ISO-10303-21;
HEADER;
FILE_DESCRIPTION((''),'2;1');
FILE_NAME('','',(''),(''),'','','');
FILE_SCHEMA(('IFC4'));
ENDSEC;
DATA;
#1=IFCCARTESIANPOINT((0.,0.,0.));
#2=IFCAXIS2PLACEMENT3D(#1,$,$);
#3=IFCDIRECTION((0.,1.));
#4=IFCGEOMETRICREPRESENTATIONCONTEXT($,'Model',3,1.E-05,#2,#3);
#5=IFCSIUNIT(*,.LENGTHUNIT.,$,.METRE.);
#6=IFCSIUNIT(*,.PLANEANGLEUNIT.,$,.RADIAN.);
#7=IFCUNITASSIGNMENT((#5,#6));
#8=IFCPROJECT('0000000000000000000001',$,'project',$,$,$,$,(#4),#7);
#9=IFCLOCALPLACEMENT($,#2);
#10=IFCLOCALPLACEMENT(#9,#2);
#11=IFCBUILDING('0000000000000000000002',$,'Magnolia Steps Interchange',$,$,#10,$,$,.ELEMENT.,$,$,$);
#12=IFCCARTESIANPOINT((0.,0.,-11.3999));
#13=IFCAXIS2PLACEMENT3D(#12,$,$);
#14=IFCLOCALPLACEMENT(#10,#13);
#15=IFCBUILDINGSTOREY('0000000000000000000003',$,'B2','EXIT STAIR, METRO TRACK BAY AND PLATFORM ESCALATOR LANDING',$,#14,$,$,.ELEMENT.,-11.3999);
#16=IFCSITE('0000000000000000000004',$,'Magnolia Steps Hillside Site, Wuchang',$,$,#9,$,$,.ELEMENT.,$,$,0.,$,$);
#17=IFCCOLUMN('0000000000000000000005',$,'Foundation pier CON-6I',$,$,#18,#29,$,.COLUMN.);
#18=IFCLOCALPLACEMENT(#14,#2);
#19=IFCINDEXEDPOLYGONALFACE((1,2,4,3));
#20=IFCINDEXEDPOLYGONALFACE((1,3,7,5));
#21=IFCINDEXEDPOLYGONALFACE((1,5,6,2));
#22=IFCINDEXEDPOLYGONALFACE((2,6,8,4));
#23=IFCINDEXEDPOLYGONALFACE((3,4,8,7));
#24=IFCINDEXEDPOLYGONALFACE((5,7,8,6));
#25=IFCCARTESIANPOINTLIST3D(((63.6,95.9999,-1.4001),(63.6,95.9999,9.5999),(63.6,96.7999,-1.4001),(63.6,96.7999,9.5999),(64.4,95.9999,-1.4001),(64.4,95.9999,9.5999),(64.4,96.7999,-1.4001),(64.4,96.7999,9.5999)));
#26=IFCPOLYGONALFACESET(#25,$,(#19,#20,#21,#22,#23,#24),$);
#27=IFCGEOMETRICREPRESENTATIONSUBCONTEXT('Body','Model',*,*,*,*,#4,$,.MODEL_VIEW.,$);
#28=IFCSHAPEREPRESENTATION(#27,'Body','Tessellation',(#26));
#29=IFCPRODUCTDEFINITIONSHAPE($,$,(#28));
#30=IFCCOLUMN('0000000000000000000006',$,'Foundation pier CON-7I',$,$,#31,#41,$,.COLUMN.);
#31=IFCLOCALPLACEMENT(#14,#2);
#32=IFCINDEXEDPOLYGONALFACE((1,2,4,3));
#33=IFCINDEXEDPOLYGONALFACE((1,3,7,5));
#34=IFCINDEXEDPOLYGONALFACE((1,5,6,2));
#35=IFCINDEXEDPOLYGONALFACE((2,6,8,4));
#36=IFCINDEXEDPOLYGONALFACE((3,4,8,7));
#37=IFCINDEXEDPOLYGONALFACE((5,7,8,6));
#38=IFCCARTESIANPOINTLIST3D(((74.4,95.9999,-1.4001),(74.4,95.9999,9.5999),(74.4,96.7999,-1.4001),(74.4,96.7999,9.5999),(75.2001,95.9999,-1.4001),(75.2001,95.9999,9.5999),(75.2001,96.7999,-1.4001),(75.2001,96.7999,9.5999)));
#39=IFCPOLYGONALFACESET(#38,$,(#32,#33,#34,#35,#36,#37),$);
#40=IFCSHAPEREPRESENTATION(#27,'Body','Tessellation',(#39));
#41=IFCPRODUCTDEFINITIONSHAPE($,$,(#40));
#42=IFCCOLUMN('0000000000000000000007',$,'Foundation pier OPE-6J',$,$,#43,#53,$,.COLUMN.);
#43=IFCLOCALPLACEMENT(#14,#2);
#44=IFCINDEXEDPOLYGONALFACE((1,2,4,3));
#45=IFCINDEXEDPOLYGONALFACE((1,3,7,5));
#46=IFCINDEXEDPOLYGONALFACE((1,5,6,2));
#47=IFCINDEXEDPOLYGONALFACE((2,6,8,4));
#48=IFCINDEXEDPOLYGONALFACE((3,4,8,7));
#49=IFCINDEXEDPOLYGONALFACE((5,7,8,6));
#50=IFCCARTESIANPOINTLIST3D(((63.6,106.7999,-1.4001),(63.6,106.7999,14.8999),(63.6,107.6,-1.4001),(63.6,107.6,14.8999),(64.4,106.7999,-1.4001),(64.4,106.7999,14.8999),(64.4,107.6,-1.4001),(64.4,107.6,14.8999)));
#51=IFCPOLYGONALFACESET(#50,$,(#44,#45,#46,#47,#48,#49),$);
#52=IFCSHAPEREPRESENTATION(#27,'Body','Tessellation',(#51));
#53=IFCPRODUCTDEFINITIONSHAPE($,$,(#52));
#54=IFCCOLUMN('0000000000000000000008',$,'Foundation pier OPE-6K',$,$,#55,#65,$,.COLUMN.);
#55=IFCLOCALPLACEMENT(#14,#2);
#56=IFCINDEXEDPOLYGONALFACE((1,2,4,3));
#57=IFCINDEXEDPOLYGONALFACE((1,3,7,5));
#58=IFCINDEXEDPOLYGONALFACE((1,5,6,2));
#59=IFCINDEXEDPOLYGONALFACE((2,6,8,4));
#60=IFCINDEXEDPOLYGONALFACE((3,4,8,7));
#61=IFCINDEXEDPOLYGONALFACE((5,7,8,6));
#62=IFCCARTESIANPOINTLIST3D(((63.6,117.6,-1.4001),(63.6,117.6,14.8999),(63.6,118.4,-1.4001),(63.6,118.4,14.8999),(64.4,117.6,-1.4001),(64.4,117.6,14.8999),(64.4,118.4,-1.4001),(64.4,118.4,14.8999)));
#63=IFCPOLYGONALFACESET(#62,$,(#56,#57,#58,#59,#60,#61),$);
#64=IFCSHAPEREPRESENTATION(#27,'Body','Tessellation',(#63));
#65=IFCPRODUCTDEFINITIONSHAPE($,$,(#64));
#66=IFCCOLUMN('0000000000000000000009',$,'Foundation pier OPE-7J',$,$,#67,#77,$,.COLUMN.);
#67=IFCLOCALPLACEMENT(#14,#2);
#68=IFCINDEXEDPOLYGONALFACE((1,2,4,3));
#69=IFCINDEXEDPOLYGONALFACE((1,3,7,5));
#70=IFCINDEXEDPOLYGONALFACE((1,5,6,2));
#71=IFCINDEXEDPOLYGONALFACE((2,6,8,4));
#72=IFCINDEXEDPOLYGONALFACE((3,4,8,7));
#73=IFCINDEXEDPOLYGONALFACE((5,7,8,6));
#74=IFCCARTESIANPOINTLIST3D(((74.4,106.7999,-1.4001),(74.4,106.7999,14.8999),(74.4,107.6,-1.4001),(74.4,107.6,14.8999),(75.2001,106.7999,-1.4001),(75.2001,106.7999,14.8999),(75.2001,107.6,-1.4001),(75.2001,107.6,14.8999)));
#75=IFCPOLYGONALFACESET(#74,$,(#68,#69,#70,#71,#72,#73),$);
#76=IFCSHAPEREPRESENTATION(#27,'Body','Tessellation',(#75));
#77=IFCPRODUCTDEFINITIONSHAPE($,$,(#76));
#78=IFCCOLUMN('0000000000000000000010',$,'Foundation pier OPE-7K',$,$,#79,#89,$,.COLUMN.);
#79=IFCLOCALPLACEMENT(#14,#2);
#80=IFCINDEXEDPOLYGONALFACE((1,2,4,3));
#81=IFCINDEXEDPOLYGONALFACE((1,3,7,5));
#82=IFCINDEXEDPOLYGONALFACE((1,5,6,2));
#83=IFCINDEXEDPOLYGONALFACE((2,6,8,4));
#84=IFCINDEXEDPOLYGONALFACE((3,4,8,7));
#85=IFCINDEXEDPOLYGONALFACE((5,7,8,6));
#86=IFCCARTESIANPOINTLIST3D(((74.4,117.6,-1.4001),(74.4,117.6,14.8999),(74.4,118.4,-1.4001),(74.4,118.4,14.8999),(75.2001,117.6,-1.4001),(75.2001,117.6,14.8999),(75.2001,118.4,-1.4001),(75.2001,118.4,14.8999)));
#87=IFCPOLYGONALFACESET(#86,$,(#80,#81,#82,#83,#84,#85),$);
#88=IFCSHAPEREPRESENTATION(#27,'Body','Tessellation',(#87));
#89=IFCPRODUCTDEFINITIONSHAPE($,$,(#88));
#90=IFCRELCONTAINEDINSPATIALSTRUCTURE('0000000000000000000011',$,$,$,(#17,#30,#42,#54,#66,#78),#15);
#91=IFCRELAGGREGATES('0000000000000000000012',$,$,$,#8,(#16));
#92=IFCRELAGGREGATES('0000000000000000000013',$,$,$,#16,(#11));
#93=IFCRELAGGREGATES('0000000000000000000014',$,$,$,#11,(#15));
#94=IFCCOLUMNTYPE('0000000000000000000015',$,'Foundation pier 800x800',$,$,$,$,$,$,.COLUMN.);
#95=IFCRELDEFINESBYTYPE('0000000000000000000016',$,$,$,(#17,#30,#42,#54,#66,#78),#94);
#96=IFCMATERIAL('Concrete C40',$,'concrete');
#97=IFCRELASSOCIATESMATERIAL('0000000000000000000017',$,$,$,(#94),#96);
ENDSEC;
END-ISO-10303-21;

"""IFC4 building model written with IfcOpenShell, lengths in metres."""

from ifc_helpers import new_model, si_unit, direction, frame, origin, origin_2d, place, context, subcontext, project, spatial, rectangle, extrude, material, material_profile, profile_set, type_object, element, save


model = new_model("IFC4")

# Units and contexts
model_context = context("Model", 3, precision=1e-05, world=origin(), true_north=direction((0.0, 1.0)))
body_context = subcontext(model_context, "Body", "Model", "MODEL_VIEW")
ifc_project = project(units=[si_unit("LENGTHUNIT", "METRE"), si_unit("PLANEANGLEUNIT", "RADIAN")], contexts=[model_context])

# Site, building, storey
site_placement = place(None, origin())
site = spatial("IfcSite", under=ifc_project, at=site_placement, Name="Magnolia Steps Hillside Site, Wuchang", CompositionType="ELEMENT", RefElevation=0.0)
building_placement = place(site_placement, origin())
building = spatial("IfcBuilding", under=site, at=building_placement, Name="Magnolia Steps Interchange", CompositionType="ELEMENT")
storey_placement = place(building_placement, frame((0.0, 0.0, -11.3999)))
storey = spatial("IfcBuildingStorey", under=building, at=storey_placement, Name="B2", Description="EXIT STAIR, METRO TRACK BAY AND PLATFORM ESCALATOR LANDING", CompositionType="ELEMENT", Elevation=-11.3999)

# Columns
ifc_material_1 = material(Name="Concrete C40", Category="concrete")
ifc_material_profile_1 = material_profile(ifc_material_1, rectangle(XDim=0.8, YDim=0.8, at=origin_2d()), Name="RC800x800")
ifc_profile_set_1 = profile_set([ifc_material_profile_1], Name="Concrete C40")
column_type = type_object("IfcColumnType", Name="Foundation pier 800x800", PredefinedType="COLUMN", material=ifc_profile_set_1)
for number, where, z_axis, x_axis, name in (
    (1, (64.0, 96.3999, -1.4001), (0.0, 0.0, 1.0), (1.0, 0.0, 0.0), "Foundation pier CON-6I"),
    (2, (74.8, 96.3999, -1.4001), (0.0, 0.0, 1.0), (1.0, 0.0, 0.0), "Foundation pier CON-7I"),
):
    element("IfcColumn", number, at=place(storey_placement, frame(where, z_axis=z_axis, x_axis=x_axis)), inside=storey, type_object=column_type, Name=name, PredefinedType="COLUMN", context=body_context, shape_type="SweptSolid", body=[
        extrude(rectangle(XDim=0.8, YDim=0.8, at=origin_2d()), origin(), (0.0, 0.0, 1.0), 11.0),
    ])
for number, where, z_axis, x_axis, name in (
    (3, (64.0, 107.2, -1.4001), (0.0, 0.0, 1.0), (1.0, 0.0, 0.0), "Foundation pier OPE-6J"),
    (4, (64.0, 118.0, -1.4001), (0.0, 0.0, 1.0), (1.0, 0.0, 0.0), "Foundation pier OPE-6K"),
    (5, (74.8, 107.2, -1.4001), (0.0, 0.0, 1.0), (1.0, 0.0, 0.0), "Foundation pier OPE-7J"),
    (6, (74.8, 118.0, -1.4001), (0.0, 0.0, 1.0), (1.0, 0.0, 0.0), "Foundation pier OPE-7K"),
):
    element("IfcColumn", number, at=place(storey_placement, frame(where, z_axis=z_axis, x_axis=x_axis)), inside=storey, type_object=column_type, Name=name, PredefinedType="COLUMN", context=body_context, shape_type="SweptSolid", body=[
        extrude(rectangle(XDim=0.8, YDim=0.8, at=origin_2d()), origin(), (0.0, 0.0, 1.0), 16.3),
    ])

save(model, "model.ifc")
